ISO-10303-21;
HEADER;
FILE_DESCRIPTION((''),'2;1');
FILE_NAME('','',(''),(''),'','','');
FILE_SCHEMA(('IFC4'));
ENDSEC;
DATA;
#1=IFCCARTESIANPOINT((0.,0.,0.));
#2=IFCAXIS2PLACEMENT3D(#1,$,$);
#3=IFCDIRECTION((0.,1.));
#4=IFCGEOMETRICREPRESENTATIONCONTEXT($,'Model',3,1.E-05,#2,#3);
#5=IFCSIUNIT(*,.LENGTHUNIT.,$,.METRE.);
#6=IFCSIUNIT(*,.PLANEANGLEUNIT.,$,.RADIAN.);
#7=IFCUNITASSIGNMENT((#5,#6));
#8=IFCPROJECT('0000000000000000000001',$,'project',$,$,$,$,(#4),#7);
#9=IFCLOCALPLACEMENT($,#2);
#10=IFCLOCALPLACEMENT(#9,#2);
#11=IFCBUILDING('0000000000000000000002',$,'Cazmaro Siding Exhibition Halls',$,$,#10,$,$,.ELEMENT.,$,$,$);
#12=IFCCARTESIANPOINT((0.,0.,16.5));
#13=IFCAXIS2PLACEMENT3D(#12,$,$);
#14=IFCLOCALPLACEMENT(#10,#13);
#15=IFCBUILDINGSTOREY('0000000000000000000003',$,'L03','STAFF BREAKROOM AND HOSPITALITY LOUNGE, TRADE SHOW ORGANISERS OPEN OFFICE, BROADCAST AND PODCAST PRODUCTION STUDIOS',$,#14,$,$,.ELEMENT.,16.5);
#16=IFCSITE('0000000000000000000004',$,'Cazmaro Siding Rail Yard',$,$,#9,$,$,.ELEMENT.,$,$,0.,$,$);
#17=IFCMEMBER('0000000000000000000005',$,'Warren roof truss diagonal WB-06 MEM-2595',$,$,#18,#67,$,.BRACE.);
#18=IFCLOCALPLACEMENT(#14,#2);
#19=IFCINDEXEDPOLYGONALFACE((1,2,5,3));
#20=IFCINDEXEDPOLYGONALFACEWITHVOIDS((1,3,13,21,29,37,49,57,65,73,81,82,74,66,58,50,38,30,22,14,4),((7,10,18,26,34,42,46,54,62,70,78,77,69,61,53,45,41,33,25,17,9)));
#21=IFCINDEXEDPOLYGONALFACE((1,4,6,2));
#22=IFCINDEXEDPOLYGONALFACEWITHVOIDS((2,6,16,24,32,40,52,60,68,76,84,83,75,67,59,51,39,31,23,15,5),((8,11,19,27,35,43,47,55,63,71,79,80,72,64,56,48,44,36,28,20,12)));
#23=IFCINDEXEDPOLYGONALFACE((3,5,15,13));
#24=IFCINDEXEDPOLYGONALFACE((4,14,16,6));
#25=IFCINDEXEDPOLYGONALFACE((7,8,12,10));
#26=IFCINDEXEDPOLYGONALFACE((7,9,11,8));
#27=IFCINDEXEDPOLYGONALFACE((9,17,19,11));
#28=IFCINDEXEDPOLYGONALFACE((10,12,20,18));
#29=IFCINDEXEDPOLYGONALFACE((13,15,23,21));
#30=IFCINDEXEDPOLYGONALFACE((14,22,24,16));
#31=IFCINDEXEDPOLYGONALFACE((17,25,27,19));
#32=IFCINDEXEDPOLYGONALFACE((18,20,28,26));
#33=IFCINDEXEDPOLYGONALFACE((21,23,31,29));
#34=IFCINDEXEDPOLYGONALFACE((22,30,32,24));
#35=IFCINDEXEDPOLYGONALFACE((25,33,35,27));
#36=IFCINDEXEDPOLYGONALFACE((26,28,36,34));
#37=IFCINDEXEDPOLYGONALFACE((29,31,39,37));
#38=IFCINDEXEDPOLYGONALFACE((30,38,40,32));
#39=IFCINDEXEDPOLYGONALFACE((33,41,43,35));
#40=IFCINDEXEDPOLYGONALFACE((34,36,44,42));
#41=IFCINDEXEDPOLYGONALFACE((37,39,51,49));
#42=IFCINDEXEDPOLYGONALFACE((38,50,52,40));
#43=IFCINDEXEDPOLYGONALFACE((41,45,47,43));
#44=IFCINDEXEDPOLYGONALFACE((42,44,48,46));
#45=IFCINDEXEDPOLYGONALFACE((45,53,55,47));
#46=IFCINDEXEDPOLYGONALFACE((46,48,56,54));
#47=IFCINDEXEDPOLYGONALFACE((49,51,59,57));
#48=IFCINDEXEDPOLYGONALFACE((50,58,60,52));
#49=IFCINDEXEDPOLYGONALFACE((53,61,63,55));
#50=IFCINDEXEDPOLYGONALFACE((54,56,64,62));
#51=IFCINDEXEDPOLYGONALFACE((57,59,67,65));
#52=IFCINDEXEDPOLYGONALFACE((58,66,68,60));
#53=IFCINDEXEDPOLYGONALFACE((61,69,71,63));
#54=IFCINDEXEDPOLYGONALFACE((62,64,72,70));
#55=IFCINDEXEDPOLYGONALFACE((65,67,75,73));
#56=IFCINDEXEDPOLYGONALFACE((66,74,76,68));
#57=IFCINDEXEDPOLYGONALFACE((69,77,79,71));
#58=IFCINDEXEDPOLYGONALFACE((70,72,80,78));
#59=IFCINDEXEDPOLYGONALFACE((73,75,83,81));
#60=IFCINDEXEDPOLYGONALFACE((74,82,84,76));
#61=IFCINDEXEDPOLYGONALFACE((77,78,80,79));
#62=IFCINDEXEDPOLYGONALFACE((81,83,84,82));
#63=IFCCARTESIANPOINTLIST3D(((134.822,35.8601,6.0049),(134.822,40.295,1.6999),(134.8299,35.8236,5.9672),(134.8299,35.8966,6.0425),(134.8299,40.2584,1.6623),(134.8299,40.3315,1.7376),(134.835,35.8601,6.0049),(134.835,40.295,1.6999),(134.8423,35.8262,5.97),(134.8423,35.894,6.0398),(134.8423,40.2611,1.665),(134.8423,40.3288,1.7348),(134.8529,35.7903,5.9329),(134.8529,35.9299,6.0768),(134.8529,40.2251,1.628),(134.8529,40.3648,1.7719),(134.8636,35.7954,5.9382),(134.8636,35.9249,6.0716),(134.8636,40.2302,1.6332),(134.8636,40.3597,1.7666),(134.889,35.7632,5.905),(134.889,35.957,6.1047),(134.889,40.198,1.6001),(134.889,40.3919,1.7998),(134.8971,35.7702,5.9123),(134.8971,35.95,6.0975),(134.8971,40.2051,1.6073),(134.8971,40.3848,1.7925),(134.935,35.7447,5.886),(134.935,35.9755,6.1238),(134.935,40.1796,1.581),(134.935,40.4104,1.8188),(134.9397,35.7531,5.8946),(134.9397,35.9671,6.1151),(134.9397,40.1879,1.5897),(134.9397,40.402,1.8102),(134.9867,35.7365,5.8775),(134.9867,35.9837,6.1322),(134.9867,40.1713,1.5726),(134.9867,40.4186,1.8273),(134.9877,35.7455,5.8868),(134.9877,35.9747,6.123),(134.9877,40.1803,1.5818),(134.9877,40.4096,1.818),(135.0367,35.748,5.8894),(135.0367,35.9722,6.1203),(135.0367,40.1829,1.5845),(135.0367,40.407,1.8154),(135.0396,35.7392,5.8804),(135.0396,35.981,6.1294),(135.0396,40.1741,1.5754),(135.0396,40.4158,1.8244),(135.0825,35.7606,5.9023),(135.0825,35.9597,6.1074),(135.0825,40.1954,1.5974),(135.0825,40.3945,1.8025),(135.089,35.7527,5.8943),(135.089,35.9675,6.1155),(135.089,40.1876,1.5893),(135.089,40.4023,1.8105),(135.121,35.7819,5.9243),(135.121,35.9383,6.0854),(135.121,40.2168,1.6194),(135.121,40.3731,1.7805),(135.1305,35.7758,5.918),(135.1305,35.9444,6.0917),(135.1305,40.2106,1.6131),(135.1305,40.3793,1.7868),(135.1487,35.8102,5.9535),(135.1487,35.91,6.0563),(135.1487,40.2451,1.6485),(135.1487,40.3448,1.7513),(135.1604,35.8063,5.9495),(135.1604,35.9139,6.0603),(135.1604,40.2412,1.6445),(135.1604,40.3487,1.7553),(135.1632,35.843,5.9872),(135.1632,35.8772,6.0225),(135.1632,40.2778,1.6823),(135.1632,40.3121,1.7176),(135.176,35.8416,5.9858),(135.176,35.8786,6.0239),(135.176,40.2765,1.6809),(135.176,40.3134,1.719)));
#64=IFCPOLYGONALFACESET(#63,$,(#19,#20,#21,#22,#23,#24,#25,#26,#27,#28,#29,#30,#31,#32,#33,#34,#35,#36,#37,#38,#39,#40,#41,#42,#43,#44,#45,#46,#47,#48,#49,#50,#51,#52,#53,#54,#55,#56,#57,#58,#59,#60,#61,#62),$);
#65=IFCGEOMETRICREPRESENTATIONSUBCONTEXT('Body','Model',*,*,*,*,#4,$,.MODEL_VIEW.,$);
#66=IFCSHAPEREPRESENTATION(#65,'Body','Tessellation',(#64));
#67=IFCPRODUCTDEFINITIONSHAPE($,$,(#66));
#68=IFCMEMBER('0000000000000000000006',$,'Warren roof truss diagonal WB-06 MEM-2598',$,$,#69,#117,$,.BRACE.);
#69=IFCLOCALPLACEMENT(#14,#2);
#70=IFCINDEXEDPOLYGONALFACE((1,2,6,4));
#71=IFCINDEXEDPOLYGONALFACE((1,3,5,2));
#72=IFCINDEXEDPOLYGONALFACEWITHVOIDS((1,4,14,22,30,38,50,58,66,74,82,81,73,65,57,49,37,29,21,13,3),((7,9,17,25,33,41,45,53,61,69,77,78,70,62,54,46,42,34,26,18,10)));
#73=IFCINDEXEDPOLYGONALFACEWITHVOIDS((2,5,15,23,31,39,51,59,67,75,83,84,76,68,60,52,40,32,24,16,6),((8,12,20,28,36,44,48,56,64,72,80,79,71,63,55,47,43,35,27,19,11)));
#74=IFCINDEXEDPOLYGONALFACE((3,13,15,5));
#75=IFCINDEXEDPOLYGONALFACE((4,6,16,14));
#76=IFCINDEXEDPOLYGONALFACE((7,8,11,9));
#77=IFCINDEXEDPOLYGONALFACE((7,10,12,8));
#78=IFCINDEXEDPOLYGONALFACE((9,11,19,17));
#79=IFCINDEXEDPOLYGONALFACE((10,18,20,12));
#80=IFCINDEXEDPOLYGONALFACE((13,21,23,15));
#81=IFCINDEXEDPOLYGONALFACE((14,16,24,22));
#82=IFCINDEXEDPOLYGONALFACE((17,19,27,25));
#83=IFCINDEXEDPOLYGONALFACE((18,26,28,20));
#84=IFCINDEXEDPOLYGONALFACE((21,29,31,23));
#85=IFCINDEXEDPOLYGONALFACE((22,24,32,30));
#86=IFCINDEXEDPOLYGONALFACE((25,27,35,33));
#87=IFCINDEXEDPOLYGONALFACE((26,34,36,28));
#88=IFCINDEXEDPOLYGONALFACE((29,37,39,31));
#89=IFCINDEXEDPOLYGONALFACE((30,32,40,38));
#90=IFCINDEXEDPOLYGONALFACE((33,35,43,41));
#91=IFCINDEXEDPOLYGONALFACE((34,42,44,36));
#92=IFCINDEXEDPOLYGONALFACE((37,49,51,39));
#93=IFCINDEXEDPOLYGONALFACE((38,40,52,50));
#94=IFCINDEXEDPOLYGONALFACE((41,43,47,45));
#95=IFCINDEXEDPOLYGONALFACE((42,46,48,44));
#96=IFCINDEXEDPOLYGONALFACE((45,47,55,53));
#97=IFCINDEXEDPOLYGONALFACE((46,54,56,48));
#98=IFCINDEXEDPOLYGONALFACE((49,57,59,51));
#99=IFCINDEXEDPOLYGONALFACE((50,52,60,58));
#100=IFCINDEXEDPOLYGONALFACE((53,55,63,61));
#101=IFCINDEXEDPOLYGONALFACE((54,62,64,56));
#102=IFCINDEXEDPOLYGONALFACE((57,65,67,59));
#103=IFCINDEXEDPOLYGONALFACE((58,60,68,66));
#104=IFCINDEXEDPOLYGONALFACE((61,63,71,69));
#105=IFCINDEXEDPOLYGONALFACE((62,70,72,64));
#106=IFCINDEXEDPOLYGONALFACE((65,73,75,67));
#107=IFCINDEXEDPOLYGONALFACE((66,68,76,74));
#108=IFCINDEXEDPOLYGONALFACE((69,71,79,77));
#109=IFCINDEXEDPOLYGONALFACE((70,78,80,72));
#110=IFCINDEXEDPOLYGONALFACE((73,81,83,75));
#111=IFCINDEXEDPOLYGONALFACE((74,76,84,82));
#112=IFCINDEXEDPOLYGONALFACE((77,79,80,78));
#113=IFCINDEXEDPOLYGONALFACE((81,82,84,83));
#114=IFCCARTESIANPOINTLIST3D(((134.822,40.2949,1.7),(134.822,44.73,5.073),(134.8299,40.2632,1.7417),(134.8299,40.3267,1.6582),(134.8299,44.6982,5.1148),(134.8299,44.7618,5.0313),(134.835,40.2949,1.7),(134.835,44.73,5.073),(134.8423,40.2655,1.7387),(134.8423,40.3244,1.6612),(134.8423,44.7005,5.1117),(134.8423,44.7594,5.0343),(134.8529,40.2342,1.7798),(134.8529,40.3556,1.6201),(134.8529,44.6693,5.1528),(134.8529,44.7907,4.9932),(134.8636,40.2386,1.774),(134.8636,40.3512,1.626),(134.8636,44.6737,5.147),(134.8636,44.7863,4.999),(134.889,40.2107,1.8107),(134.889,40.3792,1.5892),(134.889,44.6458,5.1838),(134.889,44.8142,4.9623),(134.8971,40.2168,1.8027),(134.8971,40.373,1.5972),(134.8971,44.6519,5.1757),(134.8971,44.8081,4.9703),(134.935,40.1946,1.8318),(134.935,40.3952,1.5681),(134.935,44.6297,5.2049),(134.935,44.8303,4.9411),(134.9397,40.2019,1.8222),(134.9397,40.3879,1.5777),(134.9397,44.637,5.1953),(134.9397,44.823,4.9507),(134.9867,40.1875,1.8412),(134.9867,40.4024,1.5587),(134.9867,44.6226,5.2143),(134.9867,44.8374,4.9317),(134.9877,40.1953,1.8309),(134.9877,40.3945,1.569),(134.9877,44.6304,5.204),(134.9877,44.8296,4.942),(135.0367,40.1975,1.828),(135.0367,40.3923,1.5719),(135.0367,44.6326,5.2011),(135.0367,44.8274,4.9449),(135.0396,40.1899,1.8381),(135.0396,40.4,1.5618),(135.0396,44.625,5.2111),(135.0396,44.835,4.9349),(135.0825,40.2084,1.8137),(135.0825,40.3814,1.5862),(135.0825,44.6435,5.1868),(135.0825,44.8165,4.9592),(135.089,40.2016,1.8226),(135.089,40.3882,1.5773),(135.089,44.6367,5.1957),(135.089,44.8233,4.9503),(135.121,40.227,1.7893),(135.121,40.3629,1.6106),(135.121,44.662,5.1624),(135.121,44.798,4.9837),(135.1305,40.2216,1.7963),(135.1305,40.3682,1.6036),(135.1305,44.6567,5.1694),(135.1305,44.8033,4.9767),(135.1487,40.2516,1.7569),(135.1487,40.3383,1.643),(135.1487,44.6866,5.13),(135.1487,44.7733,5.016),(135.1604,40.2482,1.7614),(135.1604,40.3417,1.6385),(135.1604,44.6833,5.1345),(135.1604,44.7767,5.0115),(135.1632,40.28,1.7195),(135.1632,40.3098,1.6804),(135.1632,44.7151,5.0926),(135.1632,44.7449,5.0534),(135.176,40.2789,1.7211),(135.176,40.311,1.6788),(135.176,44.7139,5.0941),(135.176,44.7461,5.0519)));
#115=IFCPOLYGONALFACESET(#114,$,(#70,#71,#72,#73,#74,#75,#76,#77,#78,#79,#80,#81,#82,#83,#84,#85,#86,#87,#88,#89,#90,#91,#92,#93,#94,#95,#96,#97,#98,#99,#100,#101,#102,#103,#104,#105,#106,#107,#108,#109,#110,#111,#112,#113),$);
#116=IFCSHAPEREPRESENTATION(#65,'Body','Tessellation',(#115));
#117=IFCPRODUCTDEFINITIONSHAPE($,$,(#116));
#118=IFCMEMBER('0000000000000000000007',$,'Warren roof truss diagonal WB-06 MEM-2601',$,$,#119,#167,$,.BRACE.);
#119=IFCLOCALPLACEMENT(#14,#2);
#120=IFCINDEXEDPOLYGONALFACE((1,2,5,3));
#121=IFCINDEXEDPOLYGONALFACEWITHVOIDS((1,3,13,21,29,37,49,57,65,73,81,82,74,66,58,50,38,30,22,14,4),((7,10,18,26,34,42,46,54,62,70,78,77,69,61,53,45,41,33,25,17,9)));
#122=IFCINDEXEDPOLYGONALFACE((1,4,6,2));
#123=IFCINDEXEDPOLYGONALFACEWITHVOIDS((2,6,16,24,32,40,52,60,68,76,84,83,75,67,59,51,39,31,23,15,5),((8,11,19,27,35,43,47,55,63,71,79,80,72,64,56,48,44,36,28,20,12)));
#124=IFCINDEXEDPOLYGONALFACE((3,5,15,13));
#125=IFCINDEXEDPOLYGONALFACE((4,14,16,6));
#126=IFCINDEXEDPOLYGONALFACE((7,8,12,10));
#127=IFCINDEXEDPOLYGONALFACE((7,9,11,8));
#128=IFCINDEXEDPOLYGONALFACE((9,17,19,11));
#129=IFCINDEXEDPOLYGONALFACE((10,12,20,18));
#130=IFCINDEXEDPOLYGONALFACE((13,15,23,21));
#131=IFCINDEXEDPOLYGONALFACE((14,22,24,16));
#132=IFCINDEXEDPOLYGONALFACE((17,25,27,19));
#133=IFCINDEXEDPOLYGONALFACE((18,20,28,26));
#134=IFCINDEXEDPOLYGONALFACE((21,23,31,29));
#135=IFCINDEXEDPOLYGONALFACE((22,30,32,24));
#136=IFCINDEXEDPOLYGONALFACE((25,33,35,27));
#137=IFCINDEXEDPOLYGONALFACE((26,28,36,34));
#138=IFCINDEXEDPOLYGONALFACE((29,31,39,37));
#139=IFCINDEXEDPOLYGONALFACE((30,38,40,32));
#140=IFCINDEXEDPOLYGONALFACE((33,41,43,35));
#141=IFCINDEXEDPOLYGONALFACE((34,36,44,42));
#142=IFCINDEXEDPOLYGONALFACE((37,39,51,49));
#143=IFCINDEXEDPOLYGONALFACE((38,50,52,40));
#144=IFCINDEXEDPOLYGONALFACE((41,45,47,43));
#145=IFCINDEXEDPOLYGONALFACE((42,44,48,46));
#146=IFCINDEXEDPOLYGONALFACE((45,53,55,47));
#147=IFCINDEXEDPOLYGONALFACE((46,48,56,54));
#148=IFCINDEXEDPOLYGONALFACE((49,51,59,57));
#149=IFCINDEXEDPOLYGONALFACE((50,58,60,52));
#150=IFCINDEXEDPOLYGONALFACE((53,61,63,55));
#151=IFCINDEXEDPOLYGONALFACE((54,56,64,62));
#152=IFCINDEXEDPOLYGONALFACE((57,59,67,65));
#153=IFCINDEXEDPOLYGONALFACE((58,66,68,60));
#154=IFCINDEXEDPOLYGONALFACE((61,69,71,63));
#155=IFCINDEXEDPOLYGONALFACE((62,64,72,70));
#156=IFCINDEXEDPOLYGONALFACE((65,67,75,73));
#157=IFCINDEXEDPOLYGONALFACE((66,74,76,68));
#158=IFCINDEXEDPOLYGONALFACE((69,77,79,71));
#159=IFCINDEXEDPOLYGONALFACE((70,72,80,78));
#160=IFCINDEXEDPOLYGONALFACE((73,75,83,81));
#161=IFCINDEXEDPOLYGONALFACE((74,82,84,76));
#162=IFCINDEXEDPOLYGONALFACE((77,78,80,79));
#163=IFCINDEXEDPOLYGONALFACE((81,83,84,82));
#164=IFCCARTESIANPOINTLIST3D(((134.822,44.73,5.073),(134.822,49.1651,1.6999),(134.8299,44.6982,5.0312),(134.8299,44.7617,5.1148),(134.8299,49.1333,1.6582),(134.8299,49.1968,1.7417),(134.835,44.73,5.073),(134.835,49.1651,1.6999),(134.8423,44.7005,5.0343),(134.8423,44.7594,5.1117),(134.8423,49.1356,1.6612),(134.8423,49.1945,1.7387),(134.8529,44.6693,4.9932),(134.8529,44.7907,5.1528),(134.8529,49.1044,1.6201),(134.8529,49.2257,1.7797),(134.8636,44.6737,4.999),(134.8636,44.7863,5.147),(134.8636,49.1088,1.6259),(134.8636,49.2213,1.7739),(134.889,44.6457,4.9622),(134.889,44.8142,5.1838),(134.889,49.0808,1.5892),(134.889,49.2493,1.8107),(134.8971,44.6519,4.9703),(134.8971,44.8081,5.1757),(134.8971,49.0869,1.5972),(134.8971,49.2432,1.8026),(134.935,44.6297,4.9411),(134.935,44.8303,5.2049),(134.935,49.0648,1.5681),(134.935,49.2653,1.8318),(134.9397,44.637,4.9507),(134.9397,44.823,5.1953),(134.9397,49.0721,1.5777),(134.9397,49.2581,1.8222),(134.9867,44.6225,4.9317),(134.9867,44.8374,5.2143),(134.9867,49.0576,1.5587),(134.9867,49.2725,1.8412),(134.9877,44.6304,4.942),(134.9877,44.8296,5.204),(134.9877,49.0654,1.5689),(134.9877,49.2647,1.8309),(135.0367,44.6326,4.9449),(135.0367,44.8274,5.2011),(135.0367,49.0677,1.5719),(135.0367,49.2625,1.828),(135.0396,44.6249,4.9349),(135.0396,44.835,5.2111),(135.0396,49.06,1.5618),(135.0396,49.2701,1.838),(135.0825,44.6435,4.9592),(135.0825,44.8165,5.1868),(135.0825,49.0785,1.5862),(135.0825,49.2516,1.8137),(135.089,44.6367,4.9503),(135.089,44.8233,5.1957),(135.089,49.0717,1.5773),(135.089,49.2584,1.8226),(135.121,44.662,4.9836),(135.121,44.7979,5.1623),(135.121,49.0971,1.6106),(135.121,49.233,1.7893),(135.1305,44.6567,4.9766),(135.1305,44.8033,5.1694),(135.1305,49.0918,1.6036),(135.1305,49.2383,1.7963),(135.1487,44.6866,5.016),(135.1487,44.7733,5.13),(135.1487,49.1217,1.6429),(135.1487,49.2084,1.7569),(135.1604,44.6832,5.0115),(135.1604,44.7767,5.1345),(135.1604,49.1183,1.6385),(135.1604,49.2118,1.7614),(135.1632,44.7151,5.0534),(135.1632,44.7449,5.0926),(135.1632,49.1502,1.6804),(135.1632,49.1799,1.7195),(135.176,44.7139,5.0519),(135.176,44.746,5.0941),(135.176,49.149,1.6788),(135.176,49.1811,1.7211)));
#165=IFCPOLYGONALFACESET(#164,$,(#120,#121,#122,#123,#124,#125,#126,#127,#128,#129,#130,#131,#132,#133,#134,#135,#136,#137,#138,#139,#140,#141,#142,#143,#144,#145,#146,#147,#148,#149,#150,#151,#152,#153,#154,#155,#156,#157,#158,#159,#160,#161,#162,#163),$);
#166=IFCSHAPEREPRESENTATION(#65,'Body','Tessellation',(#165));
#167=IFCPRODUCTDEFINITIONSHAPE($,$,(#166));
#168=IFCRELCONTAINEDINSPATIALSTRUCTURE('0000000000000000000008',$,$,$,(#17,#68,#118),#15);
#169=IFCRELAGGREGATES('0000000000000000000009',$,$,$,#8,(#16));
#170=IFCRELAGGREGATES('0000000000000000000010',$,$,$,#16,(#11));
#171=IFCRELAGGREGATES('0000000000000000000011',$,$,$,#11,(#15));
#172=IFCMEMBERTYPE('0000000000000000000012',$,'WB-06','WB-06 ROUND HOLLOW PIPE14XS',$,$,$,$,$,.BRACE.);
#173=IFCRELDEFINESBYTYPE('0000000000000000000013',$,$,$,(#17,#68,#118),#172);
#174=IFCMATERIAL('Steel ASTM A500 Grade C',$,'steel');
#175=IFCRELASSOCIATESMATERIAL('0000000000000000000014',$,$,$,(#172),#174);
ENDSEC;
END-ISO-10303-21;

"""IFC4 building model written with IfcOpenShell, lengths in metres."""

from ifc_helpers import new_model, si_unit, direction, frame, origin, origin_2d, place, context, subcontext, project, spatial, hollow_circle, extrude, material, material_profile, profile_set, type_object, element, save


model = new_model("IFC4")

# Units and contexts
model_context = context("Model", 3, precision=1e-05, world=origin(), true_north=direction((0.0, 1.0)))
body_context = subcontext(model_context, "Body", "Model", "MODEL_VIEW")
ifc_project = project(units=[si_unit("LENGTHUNIT", "METRE"), si_unit("PLANEANGLEUNIT", "RADIAN")], contexts=[model_context])

# Site, building, storey
site_placement = place(None, origin())
site = spatial("IfcSite", under=ifc_project, at=site_placement, Name="Cazmaro Siding Rail Yard", CompositionType="ELEMENT", RefElevation=0.0)
building_placement = place(site_placement, origin())
building = spatial("IfcBuilding", under=site, at=building_placement, Name="Cazmaro Siding Exhibition Halls", CompositionType="ELEMENT")
storey_placement = place(building_placement, frame((0.0, 0.0, 16.5)))
storey = spatial("IfcBuildingStorey", under=building, at=storey_placement, Name="L03", Description="STAFF BREAKROOM AND HOSPITALITY LOUNGE, TRADE SHOW ORGANISERS OPEN OFFICE, BROADCAST AND PODCAST PRODUCTION STUDIOS", CompositionType="ELEMENT", Elevation=16.5)

# Members
ifc_material_1 = material(Name="Steel ASTM A500 Grade C", Category="steel")
ifc_material_profile_1 = material_profile(ifc_material_1, hollow_circle(Radius=0.178, WallThickness=0.0129, at=origin_2d()), Name="PIPE14XS")
ifc_profile_set_1 = profile_set([ifc_material_profile_1], Name="Steel ASTM A500 Grade C")
member_type_1 = type_object("IfcMemberType", Name="WB-06", Description="WB-06 ROUND HOLLOW PIPE14XS", PredefinedType="BRACE", material=ifc_profile_set_1)
member_1_placement = place(storey_placement, frame((135.0, 35.8601, 6.0049), z_axis=(0.0, 0.717536, -0.696521), x_axis=(-1.0, 0.0, 0.0)))
element("IfcMember", 1, at=member_1_placement, inside=storey, type_object=member_type_1, Name="Warren roof truss diagonal WB-06 MEM-2595", PredefinedType="BRACE", context=body_context, shape_type="SweptSolid", body=[
    extrude(hollow_circle(Radius=0.178, WallThickness=0.0129, at=origin_2d()), origin(), (0.0, 0.0, 1.0), 6.1807),
])
for number, where, z_axis, x_axis, name in (
    (2, (135.0, 40.2949, 1.7), (0.0, 0.795954, 0.605357), (-1.0, 0.0, 0.0), "Warren roof truss diagonal WB-06 MEM-2598"),
    (3, (135.0, 44.73, 5.073), (0.0, 0.795954, -0.605357), (-1.0, 0.0, 0.0), "Warren roof truss diagonal WB-06 MEM-2601"),
):
    element("IfcMember", number, at=place(storey_placement, frame(where, z_axis=z_axis, x_axis=x_axis)), inside=storey, type_object=member_type_1, Name=name, PredefinedType="BRACE", context=body_context, shape_type="SweptSolid", body=[
        extrude(hollow_circle(Radius=0.178, WallThickness=0.0129, at=origin_2d()), origin(), (0.0, 0.0, 1.0), 5.572),
    ])

save(model, "model.ifc")
